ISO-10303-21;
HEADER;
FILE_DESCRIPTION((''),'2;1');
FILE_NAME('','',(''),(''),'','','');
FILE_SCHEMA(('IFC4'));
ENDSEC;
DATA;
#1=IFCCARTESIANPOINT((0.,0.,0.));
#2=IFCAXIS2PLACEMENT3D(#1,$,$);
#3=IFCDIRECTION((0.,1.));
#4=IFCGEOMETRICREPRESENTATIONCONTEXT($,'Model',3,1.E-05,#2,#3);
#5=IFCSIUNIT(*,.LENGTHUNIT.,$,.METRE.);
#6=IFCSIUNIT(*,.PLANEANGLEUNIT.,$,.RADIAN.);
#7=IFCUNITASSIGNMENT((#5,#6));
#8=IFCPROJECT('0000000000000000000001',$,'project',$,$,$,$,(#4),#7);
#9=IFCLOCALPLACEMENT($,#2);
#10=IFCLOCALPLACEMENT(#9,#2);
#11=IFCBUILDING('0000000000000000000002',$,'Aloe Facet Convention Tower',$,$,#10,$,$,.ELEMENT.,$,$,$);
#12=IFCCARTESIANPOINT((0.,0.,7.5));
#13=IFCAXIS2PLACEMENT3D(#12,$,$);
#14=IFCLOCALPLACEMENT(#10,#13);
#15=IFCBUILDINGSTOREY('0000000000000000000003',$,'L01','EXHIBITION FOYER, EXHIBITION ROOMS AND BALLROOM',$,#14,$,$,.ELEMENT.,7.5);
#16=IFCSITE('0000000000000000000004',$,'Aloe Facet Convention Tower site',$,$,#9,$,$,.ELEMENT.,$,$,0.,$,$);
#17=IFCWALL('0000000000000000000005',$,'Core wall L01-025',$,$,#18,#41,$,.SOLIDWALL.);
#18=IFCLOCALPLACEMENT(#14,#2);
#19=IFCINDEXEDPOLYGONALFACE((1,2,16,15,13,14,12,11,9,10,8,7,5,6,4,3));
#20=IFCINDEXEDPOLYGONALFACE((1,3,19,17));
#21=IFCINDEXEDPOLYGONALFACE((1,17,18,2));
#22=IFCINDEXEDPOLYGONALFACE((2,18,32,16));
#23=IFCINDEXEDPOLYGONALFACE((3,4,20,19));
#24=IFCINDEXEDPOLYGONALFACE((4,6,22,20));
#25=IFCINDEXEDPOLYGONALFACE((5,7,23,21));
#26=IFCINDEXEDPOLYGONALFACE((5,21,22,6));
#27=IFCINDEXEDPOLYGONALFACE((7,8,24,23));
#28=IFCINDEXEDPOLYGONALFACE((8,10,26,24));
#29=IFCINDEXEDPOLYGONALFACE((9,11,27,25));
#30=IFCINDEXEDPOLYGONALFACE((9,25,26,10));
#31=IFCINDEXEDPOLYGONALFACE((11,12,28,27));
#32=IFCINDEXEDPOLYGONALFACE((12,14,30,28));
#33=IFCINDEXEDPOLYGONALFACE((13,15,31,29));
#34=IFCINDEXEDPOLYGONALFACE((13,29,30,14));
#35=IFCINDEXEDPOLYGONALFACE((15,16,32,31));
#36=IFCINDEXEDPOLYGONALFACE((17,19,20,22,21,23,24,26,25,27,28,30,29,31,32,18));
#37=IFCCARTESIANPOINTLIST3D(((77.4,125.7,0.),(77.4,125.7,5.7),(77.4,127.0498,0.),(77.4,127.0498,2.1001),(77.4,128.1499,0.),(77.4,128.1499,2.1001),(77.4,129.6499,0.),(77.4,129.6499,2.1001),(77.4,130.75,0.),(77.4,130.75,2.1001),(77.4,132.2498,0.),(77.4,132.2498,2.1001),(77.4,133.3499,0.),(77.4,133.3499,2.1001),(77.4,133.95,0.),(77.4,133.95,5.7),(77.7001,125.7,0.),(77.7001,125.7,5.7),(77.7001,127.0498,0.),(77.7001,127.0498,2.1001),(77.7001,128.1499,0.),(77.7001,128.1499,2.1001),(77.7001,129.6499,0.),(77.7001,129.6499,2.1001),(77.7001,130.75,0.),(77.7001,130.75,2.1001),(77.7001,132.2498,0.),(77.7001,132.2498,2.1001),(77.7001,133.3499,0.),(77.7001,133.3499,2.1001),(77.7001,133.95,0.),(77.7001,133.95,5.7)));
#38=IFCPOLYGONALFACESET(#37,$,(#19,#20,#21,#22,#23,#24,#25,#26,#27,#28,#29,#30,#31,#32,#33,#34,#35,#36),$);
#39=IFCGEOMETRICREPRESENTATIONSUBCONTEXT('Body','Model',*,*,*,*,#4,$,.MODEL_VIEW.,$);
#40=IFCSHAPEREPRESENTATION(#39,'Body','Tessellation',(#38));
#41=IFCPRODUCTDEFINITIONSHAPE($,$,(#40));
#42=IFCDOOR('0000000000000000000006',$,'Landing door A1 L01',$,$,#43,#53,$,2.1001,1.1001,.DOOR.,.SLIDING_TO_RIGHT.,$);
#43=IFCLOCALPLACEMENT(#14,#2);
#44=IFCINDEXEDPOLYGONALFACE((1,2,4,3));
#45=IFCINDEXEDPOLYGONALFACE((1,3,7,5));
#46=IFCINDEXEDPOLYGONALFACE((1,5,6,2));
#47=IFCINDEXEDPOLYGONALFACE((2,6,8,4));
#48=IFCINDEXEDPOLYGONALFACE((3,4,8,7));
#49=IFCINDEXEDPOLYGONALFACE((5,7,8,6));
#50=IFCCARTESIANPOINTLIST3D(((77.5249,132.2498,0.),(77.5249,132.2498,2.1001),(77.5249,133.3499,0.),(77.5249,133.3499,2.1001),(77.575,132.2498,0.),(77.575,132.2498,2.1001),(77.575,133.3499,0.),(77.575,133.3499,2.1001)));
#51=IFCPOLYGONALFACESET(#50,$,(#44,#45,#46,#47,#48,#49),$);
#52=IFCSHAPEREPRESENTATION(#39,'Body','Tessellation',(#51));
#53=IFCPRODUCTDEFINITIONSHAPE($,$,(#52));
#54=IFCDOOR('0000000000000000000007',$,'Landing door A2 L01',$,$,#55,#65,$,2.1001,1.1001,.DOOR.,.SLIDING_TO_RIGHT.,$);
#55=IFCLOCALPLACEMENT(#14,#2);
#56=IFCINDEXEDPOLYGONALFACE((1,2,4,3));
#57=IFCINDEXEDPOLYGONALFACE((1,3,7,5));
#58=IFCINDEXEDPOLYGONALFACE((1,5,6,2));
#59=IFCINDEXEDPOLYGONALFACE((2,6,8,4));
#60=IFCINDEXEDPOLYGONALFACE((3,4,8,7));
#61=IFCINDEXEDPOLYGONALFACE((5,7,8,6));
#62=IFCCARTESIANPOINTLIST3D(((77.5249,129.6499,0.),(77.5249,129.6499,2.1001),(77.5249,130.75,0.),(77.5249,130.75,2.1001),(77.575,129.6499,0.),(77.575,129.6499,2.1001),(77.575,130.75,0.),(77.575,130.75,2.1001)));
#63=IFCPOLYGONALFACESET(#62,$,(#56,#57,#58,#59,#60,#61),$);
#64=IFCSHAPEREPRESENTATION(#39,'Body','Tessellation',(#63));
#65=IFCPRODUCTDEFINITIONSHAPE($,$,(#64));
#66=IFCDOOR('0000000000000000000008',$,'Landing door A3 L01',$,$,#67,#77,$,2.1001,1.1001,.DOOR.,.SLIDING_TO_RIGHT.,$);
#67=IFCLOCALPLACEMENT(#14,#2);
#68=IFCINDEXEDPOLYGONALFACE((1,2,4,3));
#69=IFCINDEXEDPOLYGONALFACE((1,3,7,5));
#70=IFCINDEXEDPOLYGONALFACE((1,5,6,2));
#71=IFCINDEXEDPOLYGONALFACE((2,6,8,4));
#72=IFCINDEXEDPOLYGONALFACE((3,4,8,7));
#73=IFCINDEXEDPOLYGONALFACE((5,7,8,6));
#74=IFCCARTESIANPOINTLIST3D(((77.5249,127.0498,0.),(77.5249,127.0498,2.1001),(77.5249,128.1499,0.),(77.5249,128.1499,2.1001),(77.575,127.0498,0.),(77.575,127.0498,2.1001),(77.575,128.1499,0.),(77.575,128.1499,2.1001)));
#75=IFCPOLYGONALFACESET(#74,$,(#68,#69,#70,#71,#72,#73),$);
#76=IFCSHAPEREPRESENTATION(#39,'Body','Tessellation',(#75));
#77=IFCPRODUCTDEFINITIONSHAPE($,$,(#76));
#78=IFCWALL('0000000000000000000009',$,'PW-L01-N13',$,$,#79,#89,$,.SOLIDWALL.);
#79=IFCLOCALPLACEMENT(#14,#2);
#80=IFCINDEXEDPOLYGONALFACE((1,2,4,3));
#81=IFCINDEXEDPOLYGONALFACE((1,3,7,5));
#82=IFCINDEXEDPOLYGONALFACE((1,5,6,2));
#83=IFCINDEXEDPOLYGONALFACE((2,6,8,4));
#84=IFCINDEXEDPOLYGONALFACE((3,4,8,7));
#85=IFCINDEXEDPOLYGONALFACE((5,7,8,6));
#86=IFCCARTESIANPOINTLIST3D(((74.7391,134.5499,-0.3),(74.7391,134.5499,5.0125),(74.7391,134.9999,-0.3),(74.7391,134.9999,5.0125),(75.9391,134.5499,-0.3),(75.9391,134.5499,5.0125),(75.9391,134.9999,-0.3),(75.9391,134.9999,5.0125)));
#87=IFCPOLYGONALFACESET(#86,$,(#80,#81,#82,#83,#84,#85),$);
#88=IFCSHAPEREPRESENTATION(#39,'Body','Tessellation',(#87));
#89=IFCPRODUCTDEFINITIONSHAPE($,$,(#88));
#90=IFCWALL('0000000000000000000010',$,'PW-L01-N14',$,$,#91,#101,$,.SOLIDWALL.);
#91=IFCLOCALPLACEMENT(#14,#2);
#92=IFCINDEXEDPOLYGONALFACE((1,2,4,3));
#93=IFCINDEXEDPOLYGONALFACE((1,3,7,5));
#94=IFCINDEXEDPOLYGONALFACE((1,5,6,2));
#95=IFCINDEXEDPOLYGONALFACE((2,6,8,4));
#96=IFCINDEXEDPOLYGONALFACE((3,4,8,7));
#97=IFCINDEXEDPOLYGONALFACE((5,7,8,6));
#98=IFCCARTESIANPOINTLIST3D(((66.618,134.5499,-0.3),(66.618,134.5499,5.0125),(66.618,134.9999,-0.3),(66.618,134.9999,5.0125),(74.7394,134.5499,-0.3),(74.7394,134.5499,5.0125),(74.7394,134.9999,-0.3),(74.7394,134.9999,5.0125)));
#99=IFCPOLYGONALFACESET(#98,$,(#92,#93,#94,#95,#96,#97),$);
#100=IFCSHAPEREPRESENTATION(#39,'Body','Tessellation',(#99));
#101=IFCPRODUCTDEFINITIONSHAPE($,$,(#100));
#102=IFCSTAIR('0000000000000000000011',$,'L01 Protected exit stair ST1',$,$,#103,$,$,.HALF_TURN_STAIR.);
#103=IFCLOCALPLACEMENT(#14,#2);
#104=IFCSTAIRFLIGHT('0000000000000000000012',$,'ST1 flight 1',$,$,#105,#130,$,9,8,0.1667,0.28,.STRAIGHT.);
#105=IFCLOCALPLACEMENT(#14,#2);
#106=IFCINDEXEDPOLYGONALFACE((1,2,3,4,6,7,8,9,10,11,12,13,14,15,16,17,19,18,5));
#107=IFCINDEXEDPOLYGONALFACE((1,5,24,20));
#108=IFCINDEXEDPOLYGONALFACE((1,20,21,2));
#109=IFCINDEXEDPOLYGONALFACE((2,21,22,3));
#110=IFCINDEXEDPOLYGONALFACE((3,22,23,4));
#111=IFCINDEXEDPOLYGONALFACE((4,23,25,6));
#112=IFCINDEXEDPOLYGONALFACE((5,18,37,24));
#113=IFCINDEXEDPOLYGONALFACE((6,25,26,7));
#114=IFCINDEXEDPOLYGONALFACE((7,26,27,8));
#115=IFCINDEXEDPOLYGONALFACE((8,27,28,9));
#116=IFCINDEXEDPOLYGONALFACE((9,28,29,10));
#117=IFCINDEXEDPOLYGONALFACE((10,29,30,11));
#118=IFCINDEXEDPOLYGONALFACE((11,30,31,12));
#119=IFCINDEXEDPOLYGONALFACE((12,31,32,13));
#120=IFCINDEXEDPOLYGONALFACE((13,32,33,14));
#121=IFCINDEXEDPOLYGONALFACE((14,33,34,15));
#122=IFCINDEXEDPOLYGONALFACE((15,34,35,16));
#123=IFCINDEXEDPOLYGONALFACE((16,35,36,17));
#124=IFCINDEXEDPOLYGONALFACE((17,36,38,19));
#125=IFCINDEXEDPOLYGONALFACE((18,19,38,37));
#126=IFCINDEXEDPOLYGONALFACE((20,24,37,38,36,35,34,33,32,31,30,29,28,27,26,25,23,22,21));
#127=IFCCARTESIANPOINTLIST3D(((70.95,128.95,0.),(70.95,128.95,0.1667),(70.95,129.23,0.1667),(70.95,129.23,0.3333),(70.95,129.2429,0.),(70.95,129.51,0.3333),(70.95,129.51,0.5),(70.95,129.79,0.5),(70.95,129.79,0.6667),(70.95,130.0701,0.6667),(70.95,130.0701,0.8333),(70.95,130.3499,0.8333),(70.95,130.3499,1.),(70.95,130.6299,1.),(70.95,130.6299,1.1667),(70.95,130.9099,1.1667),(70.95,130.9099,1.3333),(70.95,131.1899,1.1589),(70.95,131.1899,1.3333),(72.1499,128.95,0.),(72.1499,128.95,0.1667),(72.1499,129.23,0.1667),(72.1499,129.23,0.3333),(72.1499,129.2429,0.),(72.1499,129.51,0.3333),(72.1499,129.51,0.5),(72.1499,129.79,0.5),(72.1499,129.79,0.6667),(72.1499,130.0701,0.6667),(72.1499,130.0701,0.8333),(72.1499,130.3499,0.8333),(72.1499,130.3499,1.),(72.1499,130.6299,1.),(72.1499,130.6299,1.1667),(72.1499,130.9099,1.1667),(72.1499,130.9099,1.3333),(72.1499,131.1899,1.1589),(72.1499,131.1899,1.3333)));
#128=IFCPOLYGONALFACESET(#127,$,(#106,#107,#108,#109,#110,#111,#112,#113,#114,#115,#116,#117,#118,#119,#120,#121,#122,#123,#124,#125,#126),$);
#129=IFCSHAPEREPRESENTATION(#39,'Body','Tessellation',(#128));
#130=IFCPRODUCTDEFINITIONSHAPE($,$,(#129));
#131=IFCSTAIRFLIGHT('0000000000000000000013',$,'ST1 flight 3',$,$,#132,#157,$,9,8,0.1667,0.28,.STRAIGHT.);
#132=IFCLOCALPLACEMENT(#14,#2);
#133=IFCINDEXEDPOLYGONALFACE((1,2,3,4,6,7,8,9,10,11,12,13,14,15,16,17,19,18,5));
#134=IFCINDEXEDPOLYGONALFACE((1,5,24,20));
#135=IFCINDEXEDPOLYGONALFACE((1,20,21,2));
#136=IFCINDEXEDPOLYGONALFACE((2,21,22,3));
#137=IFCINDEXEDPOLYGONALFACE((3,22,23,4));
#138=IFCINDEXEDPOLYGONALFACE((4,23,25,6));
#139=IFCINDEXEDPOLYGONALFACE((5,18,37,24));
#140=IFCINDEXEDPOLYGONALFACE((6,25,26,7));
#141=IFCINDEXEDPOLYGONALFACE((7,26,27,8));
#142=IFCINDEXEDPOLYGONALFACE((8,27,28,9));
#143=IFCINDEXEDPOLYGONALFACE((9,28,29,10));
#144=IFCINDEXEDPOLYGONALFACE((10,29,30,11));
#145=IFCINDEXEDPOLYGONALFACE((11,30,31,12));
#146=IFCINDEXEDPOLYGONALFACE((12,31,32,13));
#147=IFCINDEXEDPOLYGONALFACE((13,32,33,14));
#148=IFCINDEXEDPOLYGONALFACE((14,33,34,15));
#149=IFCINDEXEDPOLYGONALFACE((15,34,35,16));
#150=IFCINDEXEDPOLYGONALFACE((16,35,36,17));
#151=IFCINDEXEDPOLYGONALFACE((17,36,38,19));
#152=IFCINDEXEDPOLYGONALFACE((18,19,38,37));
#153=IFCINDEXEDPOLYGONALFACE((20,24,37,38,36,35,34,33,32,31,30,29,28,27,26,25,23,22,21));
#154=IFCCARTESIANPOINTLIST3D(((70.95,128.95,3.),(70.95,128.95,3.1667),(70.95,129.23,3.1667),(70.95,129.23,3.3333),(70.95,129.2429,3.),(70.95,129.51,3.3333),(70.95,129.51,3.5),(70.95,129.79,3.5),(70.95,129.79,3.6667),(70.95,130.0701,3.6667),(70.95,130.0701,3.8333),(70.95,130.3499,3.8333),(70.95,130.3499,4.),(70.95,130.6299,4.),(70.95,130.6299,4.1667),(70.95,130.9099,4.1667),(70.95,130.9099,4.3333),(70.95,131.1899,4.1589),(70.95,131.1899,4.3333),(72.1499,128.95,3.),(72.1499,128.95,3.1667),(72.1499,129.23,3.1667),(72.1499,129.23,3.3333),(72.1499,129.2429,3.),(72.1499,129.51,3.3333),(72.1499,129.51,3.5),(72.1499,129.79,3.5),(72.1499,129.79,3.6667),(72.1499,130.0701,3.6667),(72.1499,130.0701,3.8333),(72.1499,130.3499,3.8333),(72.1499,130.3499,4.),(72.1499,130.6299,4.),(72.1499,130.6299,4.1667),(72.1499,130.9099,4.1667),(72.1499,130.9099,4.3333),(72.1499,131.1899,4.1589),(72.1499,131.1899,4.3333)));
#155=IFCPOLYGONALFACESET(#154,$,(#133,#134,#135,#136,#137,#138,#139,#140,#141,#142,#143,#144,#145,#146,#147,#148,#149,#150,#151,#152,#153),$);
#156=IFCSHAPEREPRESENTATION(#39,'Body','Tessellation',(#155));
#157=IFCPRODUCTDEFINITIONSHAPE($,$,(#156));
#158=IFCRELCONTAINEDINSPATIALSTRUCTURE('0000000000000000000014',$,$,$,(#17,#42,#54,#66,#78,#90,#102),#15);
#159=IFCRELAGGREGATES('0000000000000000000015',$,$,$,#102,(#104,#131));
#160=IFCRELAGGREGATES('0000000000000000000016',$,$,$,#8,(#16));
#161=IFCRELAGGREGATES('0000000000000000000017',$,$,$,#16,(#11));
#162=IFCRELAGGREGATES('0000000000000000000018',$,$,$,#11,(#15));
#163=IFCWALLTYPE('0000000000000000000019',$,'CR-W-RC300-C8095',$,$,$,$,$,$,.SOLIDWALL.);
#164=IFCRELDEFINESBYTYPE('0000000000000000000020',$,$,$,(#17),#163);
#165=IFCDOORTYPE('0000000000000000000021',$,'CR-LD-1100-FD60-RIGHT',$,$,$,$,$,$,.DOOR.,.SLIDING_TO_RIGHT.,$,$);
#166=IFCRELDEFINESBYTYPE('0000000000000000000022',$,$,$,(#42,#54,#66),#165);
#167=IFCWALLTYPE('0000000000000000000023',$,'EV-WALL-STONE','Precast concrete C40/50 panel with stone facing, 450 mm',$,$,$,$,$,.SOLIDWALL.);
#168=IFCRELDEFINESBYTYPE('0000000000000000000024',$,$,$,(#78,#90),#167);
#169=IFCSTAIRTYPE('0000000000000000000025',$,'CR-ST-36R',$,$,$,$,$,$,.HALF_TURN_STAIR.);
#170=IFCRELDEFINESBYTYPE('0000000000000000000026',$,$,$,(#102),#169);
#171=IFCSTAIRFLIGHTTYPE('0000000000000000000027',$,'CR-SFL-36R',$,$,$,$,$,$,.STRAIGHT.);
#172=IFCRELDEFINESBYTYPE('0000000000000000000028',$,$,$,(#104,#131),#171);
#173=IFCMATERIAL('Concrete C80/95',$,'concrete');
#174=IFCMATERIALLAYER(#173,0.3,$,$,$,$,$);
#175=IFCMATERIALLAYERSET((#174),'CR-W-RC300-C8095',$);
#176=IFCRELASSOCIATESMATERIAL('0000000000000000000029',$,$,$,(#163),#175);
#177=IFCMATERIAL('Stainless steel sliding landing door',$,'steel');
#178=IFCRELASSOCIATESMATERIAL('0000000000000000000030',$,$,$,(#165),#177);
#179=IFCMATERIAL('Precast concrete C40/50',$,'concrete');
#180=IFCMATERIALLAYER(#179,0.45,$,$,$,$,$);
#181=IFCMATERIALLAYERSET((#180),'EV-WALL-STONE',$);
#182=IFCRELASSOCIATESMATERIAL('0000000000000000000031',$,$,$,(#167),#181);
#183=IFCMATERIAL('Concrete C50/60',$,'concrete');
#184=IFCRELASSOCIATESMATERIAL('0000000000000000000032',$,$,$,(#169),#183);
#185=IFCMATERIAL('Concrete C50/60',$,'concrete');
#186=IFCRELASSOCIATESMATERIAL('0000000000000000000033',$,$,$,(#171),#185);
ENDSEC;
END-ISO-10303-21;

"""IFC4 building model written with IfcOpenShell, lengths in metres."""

from ifc_helpers import new_model, si_unit, direction, frame, frame_2d, origin, place, context, subcontext, project, spatial, polyline, rectangle, outline, extrude, material, layer, layer_set, type_object, element, fill, aggregate, save


model = new_model("IFC4")

# Units and contexts
model_context = context("Model", 3, precision=1e-05, world=origin(), true_north=direction((0.0, 1.0)))
body_context = subcontext(model_context, "Body", "Model", "MODEL_VIEW")
ifc_project = project(units=[si_unit("LENGTHUNIT", "METRE"), si_unit("PLANEANGLEUNIT", "RADIAN")], contexts=[model_context])

# Site, building, storey
site_placement = place(None, origin())
site = spatial("IfcSite", under=ifc_project, at=site_placement, Name="Aloe Facet Convention Tower site", CompositionType="ELEMENT", RefElevation=0.0)
building_placement = place(site_placement, origin())
building = spatial("IfcBuilding", under=site, at=building_placement, Name="Aloe Facet Convention Tower", CompositionType="ELEMENT")
storey_placement = place(building_placement, frame((0.0, 0.0, 7.5)))
storey = spatial("IfcBuildingStorey", under=building, at=storey_placement, Name="L01", Description="EXHIBITION FOYER, EXHIBITION ROOMS AND BALLROOM", CompositionType="ELEMENT", Elevation=7.5)

# Shared definitions
ifc_material_1 = material(Name="Concrete C80/95", Category="concrete")
ifc_layer_1 = layer(ifc_material_1, 0.3)
ifc_layer_set_1 = layer_set([ifc_layer_1], Name="CR-W-RC300-C8095")
wall_type_1 = type_object("IfcWallType", Name="CR-W-RC300-C8095", PredefinedType="SOLIDWALL", material=ifc_layer_set_1)

# Wall, openings, doors
wall_1_placement = place(storey_placement, frame((77.55, 133.95, 0.0), z_axis=(0.0, 0.0, 1.0), x_axis=(0.0, -1.0, 0.0)))
wall_1 = element("IfcWall", 1, at=wall_1_placement, inside=storey, type_object=wall_type_1, Name="Core wall L01-025", PredefinedType="SOLIDWALL", context=body_context, shape_type="SweptSolid", body=[
    extrude(rectangle(XDim=8.25, YDim=0.3, at=frame_2d((4.125, 0.0))), origin(), (0.0, 0.0, 1.0), 5.7),
])
opening_1_placement = place(wall_1_placement, frame((0.6001, 0.0, 0.0)))
opening_1 = element("IfcOpeningElement", 2, at=opening_1_placement, cuts=wall_1, PredefinedType="OPENING", context=body_context, shape_type="SweptSolid", body=[
    extrude(rectangle(XDim=1.1001, YDim=2.1001, at=frame_2d((0.55, 1.05))), frame((0.0, 0.1602, 0.0), z_axis=(0.0, -1.0, 0.0), x_axis=(1.0, 0.0, 0.0)), (0.0, 0.0, 1.0), 0.3201),
])
opening_2_placement = place(wall_1_placement, frame((3.2, 0.0, 0.0)))
opening_2 = element("IfcOpeningElement", 3, at=opening_2_placement, cuts=wall_1, PredefinedType="OPENING", context=body_context, shape_type="SweptSolid", body=[
    extrude(rectangle(XDim=1.1001, YDim=2.1001, at=frame_2d((0.55, 1.05))), frame((0.0, 0.1602, 0.0), z_axis=(0.0, -1.0, 0.0), x_axis=(1.0, 0.0, 0.0)), (0.0, 0.0, 1.0), 0.3201),
])
opening_3_placement = place(wall_1_placement, frame((5.8, 0.0, 0.0)))
opening_3 = element("IfcOpeningElement", 4, at=opening_3_placement, cuts=wall_1, PredefinedType="OPENING", context=body_context, shape_type="SweptSolid", body=[
    extrude(rectangle(XDim=1.1001, YDim=2.1001, at=frame_2d((0.55, 1.05))), frame((0.0, 0.1602, 0.0), z_axis=(0.0, -1.0, 0.0), x_axis=(1.0, 0.0, 0.0)), (0.0, 0.0, 1.0), 0.3201),
])
ifc_material_2 = material(Name="Stainless steel sliding landing door", Category="steel")
door_type_1 = type_object("IfcDoorType", Name="CR-LD-1100-FD60-RIGHT", OperationType="SLIDING_TO_RIGHT", PredefinedType="DOOR", material=ifc_material_2)
door_1_placement = place(opening_1_placement, origin())
door_1 = element("IfcDoor", 5, at=door_1_placement, inside=storey, type_object=door_type_1, Name="Landing door A1 L01", OperationType="SLIDING_TO_RIGHT", OverallHeight=2.1001, OverallWidth=1.1001, PredefinedType="DOOR", context=body_context, shape_type="SweptSolid", body=[
    extrude(rectangle(XDim=1.1001, YDim=2.1001, at=frame_2d((0.55, 1.05))), frame((0.0, 0.0249, 0.0), z_axis=(0.0, -1.0, 0.0), x_axis=(1.0, 0.0, 0.0)), (0.0, 0.0, 1.0), 0.05),
])
fill(opening_1, door_1)
door_2_placement = place(opening_2_placement, origin())
door_2 = element("IfcDoor", 6, at=door_2_placement, inside=storey, type_object=door_type_1, Name="Landing door A2 L01", OperationType="SLIDING_TO_RIGHT", OverallHeight=2.1001, OverallWidth=1.1001, PredefinedType="DOOR", context=body_context, shape_type="SweptSolid", body=[
    extrude(rectangle(XDim=1.1001, YDim=2.1001, at=frame_2d((0.55, 1.05))), frame((0.0, 0.0249, 0.0), z_axis=(0.0, -1.0, 0.0), x_axis=(1.0, 0.0, 0.0)), (0.0, 0.0, 1.0), 0.05),
])
fill(opening_2, door_2)
door_3_placement = place(opening_3_placement, origin())
door_3 = element("IfcDoor", 7, at=door_3_placement, inside=storey, type_object=door_type_1, Name="Landing door A3 L01", OperationType="SLIDING_TO_RIGHT", OverallHeight=2.1001, OverallWidth=1.1001, PredefinedType="DOOR", context=body_context, shape_type="SweptSolid", body=[
    extrude(rectangle(XDim=1.1001, YDim=2.1001, at=frame_2d((0.55, 1.05))), frame((0.0, 0.0249, 0.0), z_axis=(0.0, -1.0, 0.0), x_axis=(1.0, 0.0, 0.0)), (0.0, 0.0, 1.0), 0.05),
])
fill(opening_3, door_3)

# Walls
ifc_material_3 = material(Name="Precast concrete C40/50", Category="concrete")
ifc_layer_2 = layer(ifc_material_3, 0.45)
ifc_layer_set_2 = layer_set([ifc_layer_2], Name="EV-WALL-STONE")
wall_type_2 = type_object("IfcWallType", Name="EV-WALL-STONE", Description="Precast concrete C40/50 panel with stone facing, 450 mm", PredefinedType="SOLIDWALL", material=ifc_layer_set_2)
wall_2_placement = place(storey_placement, frame((75.9392, 134.7749, -0.3), z_axis=(0.0, 0.0, 1.0), x_axis=(-1.0, 0.0, 0.0)))
element("IfcWall", 8, at=wall_2_placement, inside=storey, type_object=wall_type_2, Name="PW-L01-N13", PredefinedType="SOLIDWALL", context=body_context, shape_type="SweptSolid", body=[
    extrude(rectangle(XDim=1.2, YDim=0.45, at=frame_2d((0.6001, 0.0))), origin(), (0.0, 0.0, 1.0), 5.3125),
])
wall_3_placement = place(storey_placement, frame((74.7393, 134.7749, -0.3), z_axis=(0.0, 0.0, 1.0), x_axis=(-1.0, 0.0, 0.0)))
element("IfcWall", 9, at=wall_3_placement, inside=storey, type_object=wall_type_2, Name="PW-L01-N14", PredefinedType="SOLIDWALL", context=body_context, shape_type="SweptSolid", body=[
    extrude(rectangle(XDim=8.1213, YDim=0.45, at=frame_2d((4.0605, 0.0))), origin(), (0.0, 0.0, 1.0), 5.3125),
])

# Stair, stair flights
ifc_material_4 = material(Name="Concrete C50/60", Category="concrete")
stair_type = type_object("IfcStairType", Name="CR-ST-36R", PredefinedType="HALF_TURN_STAIR", material=ifc_material_4)
stair_placement = place(storey_placement, origin())
stair = element("IfcStair", 10, at=stair_placement, inside=storey, type_object=stair_type, Name="L01 Protected exit stair ST1", PredefinedType="HALF_TURN_STAIR")
ifc_material_5 = material(Name="Concrete C50/60", Category="concrete")
stair_flight_type = type_object("IfcStairFlightType", Name="CR-SFL-36R", PredefinedType="STRAIGHT", material=ifc_material_5)
stair_flight_1_placement = place(storey_placement, frame((71.55, 128.95, 0.0), z_axis=(0.0, 0.0, 1.0), x_axis=(0.0, 1.0, 0.0)))
stair_flight_1 = element("IfcStairFlight", 11, at=stair_flight_1_placement, type_object=stair_flight_type, Name="ST1 flight 1", NumberOfRisers=9, NumberOfTreads=8, PredefinedType="STRAIGHT", RiserHeight=0.1667, TreadLength=0.28, context=body_context, shape_type="SweptSolid", body=[
    extrude(outline(polyline([(0.0, 0.0), (0.0, 0.1667), (0.28, 0.1667), (0.28, 0.3333), (0.5601, 0.3333), (0.5601, 0.5), (0.8401, 0.5), (0.8401, 0.6667), (1.1201, 0.6667), (1.1201, 0.8333), (1.3999, 0.8333), (1.3999, 1.0), (1.6799, 1.0), (1.6799, 1.1667), (1.96, 1.1667), (1.96, 1.3333), (2.24, 1.3333), (2.24, 1.5), (2.24, 1.1589), (0.293, 0.0), (0.0, 0.0)])), frame((0.0, 0.6001, 0.0), z_axis=(0.0, -1.0, 0.0), x_axis=(1.0, 0.0, 0.0)), (0.0, 0.0, 1.0), 1.2),
])
stair_flight_2_placement = place(storey_placement, frame((71.55, 128.95, 3.0), z_axis=(0.0, 0.0, 1.0), x_axis=(0.0, 1.0, 0.0)))
stair_flight_2 = element("IfcStairFlight", 12, at=stair_flight_2_placement, type_object=stair_flight_type, Name="ST1 flight 3", NumberOfRisers=9, NumberOfTreads=8, PredefinedType="STRAIGHT", RiserHeight=0.1667, TreadLength=0.28, context=body_context, shape_type="SweptSolid", body=[
    extrude(outline(polyline([(0.0, 0.0), (0.0, 0.1667), (0.28, 0.1667), (0.28, 0.3333), (0.5601, 0.3333), (0.5601, 0.5), (0.8401, 0.5), (0.8401, 0.6667), (1.1201, 0.6667), (1.1201, 0.8333), (1.3999, 0.8333), (1.3999, 1.0), (1.6799, 1.0), (1.6799, 1.1667), (1.96, 1.1667), (1.96, 1.3333), (2.24, 1.3333), (2.24, 1.5), (2.24, 1.1589), (0.293, 0.0), (0.0, 0.0)])), frame((0.0, 0.6001, 0.0), z_axis=(0.0, -1.0, 0.0), x_axis=(1.0, 0.0, 0.0)), (0.0, 0.0, 1.0), 1.2),
])
aggregate(stair, [stair_flight_1, stair_flight_2])

save(model, "model.ifc")
